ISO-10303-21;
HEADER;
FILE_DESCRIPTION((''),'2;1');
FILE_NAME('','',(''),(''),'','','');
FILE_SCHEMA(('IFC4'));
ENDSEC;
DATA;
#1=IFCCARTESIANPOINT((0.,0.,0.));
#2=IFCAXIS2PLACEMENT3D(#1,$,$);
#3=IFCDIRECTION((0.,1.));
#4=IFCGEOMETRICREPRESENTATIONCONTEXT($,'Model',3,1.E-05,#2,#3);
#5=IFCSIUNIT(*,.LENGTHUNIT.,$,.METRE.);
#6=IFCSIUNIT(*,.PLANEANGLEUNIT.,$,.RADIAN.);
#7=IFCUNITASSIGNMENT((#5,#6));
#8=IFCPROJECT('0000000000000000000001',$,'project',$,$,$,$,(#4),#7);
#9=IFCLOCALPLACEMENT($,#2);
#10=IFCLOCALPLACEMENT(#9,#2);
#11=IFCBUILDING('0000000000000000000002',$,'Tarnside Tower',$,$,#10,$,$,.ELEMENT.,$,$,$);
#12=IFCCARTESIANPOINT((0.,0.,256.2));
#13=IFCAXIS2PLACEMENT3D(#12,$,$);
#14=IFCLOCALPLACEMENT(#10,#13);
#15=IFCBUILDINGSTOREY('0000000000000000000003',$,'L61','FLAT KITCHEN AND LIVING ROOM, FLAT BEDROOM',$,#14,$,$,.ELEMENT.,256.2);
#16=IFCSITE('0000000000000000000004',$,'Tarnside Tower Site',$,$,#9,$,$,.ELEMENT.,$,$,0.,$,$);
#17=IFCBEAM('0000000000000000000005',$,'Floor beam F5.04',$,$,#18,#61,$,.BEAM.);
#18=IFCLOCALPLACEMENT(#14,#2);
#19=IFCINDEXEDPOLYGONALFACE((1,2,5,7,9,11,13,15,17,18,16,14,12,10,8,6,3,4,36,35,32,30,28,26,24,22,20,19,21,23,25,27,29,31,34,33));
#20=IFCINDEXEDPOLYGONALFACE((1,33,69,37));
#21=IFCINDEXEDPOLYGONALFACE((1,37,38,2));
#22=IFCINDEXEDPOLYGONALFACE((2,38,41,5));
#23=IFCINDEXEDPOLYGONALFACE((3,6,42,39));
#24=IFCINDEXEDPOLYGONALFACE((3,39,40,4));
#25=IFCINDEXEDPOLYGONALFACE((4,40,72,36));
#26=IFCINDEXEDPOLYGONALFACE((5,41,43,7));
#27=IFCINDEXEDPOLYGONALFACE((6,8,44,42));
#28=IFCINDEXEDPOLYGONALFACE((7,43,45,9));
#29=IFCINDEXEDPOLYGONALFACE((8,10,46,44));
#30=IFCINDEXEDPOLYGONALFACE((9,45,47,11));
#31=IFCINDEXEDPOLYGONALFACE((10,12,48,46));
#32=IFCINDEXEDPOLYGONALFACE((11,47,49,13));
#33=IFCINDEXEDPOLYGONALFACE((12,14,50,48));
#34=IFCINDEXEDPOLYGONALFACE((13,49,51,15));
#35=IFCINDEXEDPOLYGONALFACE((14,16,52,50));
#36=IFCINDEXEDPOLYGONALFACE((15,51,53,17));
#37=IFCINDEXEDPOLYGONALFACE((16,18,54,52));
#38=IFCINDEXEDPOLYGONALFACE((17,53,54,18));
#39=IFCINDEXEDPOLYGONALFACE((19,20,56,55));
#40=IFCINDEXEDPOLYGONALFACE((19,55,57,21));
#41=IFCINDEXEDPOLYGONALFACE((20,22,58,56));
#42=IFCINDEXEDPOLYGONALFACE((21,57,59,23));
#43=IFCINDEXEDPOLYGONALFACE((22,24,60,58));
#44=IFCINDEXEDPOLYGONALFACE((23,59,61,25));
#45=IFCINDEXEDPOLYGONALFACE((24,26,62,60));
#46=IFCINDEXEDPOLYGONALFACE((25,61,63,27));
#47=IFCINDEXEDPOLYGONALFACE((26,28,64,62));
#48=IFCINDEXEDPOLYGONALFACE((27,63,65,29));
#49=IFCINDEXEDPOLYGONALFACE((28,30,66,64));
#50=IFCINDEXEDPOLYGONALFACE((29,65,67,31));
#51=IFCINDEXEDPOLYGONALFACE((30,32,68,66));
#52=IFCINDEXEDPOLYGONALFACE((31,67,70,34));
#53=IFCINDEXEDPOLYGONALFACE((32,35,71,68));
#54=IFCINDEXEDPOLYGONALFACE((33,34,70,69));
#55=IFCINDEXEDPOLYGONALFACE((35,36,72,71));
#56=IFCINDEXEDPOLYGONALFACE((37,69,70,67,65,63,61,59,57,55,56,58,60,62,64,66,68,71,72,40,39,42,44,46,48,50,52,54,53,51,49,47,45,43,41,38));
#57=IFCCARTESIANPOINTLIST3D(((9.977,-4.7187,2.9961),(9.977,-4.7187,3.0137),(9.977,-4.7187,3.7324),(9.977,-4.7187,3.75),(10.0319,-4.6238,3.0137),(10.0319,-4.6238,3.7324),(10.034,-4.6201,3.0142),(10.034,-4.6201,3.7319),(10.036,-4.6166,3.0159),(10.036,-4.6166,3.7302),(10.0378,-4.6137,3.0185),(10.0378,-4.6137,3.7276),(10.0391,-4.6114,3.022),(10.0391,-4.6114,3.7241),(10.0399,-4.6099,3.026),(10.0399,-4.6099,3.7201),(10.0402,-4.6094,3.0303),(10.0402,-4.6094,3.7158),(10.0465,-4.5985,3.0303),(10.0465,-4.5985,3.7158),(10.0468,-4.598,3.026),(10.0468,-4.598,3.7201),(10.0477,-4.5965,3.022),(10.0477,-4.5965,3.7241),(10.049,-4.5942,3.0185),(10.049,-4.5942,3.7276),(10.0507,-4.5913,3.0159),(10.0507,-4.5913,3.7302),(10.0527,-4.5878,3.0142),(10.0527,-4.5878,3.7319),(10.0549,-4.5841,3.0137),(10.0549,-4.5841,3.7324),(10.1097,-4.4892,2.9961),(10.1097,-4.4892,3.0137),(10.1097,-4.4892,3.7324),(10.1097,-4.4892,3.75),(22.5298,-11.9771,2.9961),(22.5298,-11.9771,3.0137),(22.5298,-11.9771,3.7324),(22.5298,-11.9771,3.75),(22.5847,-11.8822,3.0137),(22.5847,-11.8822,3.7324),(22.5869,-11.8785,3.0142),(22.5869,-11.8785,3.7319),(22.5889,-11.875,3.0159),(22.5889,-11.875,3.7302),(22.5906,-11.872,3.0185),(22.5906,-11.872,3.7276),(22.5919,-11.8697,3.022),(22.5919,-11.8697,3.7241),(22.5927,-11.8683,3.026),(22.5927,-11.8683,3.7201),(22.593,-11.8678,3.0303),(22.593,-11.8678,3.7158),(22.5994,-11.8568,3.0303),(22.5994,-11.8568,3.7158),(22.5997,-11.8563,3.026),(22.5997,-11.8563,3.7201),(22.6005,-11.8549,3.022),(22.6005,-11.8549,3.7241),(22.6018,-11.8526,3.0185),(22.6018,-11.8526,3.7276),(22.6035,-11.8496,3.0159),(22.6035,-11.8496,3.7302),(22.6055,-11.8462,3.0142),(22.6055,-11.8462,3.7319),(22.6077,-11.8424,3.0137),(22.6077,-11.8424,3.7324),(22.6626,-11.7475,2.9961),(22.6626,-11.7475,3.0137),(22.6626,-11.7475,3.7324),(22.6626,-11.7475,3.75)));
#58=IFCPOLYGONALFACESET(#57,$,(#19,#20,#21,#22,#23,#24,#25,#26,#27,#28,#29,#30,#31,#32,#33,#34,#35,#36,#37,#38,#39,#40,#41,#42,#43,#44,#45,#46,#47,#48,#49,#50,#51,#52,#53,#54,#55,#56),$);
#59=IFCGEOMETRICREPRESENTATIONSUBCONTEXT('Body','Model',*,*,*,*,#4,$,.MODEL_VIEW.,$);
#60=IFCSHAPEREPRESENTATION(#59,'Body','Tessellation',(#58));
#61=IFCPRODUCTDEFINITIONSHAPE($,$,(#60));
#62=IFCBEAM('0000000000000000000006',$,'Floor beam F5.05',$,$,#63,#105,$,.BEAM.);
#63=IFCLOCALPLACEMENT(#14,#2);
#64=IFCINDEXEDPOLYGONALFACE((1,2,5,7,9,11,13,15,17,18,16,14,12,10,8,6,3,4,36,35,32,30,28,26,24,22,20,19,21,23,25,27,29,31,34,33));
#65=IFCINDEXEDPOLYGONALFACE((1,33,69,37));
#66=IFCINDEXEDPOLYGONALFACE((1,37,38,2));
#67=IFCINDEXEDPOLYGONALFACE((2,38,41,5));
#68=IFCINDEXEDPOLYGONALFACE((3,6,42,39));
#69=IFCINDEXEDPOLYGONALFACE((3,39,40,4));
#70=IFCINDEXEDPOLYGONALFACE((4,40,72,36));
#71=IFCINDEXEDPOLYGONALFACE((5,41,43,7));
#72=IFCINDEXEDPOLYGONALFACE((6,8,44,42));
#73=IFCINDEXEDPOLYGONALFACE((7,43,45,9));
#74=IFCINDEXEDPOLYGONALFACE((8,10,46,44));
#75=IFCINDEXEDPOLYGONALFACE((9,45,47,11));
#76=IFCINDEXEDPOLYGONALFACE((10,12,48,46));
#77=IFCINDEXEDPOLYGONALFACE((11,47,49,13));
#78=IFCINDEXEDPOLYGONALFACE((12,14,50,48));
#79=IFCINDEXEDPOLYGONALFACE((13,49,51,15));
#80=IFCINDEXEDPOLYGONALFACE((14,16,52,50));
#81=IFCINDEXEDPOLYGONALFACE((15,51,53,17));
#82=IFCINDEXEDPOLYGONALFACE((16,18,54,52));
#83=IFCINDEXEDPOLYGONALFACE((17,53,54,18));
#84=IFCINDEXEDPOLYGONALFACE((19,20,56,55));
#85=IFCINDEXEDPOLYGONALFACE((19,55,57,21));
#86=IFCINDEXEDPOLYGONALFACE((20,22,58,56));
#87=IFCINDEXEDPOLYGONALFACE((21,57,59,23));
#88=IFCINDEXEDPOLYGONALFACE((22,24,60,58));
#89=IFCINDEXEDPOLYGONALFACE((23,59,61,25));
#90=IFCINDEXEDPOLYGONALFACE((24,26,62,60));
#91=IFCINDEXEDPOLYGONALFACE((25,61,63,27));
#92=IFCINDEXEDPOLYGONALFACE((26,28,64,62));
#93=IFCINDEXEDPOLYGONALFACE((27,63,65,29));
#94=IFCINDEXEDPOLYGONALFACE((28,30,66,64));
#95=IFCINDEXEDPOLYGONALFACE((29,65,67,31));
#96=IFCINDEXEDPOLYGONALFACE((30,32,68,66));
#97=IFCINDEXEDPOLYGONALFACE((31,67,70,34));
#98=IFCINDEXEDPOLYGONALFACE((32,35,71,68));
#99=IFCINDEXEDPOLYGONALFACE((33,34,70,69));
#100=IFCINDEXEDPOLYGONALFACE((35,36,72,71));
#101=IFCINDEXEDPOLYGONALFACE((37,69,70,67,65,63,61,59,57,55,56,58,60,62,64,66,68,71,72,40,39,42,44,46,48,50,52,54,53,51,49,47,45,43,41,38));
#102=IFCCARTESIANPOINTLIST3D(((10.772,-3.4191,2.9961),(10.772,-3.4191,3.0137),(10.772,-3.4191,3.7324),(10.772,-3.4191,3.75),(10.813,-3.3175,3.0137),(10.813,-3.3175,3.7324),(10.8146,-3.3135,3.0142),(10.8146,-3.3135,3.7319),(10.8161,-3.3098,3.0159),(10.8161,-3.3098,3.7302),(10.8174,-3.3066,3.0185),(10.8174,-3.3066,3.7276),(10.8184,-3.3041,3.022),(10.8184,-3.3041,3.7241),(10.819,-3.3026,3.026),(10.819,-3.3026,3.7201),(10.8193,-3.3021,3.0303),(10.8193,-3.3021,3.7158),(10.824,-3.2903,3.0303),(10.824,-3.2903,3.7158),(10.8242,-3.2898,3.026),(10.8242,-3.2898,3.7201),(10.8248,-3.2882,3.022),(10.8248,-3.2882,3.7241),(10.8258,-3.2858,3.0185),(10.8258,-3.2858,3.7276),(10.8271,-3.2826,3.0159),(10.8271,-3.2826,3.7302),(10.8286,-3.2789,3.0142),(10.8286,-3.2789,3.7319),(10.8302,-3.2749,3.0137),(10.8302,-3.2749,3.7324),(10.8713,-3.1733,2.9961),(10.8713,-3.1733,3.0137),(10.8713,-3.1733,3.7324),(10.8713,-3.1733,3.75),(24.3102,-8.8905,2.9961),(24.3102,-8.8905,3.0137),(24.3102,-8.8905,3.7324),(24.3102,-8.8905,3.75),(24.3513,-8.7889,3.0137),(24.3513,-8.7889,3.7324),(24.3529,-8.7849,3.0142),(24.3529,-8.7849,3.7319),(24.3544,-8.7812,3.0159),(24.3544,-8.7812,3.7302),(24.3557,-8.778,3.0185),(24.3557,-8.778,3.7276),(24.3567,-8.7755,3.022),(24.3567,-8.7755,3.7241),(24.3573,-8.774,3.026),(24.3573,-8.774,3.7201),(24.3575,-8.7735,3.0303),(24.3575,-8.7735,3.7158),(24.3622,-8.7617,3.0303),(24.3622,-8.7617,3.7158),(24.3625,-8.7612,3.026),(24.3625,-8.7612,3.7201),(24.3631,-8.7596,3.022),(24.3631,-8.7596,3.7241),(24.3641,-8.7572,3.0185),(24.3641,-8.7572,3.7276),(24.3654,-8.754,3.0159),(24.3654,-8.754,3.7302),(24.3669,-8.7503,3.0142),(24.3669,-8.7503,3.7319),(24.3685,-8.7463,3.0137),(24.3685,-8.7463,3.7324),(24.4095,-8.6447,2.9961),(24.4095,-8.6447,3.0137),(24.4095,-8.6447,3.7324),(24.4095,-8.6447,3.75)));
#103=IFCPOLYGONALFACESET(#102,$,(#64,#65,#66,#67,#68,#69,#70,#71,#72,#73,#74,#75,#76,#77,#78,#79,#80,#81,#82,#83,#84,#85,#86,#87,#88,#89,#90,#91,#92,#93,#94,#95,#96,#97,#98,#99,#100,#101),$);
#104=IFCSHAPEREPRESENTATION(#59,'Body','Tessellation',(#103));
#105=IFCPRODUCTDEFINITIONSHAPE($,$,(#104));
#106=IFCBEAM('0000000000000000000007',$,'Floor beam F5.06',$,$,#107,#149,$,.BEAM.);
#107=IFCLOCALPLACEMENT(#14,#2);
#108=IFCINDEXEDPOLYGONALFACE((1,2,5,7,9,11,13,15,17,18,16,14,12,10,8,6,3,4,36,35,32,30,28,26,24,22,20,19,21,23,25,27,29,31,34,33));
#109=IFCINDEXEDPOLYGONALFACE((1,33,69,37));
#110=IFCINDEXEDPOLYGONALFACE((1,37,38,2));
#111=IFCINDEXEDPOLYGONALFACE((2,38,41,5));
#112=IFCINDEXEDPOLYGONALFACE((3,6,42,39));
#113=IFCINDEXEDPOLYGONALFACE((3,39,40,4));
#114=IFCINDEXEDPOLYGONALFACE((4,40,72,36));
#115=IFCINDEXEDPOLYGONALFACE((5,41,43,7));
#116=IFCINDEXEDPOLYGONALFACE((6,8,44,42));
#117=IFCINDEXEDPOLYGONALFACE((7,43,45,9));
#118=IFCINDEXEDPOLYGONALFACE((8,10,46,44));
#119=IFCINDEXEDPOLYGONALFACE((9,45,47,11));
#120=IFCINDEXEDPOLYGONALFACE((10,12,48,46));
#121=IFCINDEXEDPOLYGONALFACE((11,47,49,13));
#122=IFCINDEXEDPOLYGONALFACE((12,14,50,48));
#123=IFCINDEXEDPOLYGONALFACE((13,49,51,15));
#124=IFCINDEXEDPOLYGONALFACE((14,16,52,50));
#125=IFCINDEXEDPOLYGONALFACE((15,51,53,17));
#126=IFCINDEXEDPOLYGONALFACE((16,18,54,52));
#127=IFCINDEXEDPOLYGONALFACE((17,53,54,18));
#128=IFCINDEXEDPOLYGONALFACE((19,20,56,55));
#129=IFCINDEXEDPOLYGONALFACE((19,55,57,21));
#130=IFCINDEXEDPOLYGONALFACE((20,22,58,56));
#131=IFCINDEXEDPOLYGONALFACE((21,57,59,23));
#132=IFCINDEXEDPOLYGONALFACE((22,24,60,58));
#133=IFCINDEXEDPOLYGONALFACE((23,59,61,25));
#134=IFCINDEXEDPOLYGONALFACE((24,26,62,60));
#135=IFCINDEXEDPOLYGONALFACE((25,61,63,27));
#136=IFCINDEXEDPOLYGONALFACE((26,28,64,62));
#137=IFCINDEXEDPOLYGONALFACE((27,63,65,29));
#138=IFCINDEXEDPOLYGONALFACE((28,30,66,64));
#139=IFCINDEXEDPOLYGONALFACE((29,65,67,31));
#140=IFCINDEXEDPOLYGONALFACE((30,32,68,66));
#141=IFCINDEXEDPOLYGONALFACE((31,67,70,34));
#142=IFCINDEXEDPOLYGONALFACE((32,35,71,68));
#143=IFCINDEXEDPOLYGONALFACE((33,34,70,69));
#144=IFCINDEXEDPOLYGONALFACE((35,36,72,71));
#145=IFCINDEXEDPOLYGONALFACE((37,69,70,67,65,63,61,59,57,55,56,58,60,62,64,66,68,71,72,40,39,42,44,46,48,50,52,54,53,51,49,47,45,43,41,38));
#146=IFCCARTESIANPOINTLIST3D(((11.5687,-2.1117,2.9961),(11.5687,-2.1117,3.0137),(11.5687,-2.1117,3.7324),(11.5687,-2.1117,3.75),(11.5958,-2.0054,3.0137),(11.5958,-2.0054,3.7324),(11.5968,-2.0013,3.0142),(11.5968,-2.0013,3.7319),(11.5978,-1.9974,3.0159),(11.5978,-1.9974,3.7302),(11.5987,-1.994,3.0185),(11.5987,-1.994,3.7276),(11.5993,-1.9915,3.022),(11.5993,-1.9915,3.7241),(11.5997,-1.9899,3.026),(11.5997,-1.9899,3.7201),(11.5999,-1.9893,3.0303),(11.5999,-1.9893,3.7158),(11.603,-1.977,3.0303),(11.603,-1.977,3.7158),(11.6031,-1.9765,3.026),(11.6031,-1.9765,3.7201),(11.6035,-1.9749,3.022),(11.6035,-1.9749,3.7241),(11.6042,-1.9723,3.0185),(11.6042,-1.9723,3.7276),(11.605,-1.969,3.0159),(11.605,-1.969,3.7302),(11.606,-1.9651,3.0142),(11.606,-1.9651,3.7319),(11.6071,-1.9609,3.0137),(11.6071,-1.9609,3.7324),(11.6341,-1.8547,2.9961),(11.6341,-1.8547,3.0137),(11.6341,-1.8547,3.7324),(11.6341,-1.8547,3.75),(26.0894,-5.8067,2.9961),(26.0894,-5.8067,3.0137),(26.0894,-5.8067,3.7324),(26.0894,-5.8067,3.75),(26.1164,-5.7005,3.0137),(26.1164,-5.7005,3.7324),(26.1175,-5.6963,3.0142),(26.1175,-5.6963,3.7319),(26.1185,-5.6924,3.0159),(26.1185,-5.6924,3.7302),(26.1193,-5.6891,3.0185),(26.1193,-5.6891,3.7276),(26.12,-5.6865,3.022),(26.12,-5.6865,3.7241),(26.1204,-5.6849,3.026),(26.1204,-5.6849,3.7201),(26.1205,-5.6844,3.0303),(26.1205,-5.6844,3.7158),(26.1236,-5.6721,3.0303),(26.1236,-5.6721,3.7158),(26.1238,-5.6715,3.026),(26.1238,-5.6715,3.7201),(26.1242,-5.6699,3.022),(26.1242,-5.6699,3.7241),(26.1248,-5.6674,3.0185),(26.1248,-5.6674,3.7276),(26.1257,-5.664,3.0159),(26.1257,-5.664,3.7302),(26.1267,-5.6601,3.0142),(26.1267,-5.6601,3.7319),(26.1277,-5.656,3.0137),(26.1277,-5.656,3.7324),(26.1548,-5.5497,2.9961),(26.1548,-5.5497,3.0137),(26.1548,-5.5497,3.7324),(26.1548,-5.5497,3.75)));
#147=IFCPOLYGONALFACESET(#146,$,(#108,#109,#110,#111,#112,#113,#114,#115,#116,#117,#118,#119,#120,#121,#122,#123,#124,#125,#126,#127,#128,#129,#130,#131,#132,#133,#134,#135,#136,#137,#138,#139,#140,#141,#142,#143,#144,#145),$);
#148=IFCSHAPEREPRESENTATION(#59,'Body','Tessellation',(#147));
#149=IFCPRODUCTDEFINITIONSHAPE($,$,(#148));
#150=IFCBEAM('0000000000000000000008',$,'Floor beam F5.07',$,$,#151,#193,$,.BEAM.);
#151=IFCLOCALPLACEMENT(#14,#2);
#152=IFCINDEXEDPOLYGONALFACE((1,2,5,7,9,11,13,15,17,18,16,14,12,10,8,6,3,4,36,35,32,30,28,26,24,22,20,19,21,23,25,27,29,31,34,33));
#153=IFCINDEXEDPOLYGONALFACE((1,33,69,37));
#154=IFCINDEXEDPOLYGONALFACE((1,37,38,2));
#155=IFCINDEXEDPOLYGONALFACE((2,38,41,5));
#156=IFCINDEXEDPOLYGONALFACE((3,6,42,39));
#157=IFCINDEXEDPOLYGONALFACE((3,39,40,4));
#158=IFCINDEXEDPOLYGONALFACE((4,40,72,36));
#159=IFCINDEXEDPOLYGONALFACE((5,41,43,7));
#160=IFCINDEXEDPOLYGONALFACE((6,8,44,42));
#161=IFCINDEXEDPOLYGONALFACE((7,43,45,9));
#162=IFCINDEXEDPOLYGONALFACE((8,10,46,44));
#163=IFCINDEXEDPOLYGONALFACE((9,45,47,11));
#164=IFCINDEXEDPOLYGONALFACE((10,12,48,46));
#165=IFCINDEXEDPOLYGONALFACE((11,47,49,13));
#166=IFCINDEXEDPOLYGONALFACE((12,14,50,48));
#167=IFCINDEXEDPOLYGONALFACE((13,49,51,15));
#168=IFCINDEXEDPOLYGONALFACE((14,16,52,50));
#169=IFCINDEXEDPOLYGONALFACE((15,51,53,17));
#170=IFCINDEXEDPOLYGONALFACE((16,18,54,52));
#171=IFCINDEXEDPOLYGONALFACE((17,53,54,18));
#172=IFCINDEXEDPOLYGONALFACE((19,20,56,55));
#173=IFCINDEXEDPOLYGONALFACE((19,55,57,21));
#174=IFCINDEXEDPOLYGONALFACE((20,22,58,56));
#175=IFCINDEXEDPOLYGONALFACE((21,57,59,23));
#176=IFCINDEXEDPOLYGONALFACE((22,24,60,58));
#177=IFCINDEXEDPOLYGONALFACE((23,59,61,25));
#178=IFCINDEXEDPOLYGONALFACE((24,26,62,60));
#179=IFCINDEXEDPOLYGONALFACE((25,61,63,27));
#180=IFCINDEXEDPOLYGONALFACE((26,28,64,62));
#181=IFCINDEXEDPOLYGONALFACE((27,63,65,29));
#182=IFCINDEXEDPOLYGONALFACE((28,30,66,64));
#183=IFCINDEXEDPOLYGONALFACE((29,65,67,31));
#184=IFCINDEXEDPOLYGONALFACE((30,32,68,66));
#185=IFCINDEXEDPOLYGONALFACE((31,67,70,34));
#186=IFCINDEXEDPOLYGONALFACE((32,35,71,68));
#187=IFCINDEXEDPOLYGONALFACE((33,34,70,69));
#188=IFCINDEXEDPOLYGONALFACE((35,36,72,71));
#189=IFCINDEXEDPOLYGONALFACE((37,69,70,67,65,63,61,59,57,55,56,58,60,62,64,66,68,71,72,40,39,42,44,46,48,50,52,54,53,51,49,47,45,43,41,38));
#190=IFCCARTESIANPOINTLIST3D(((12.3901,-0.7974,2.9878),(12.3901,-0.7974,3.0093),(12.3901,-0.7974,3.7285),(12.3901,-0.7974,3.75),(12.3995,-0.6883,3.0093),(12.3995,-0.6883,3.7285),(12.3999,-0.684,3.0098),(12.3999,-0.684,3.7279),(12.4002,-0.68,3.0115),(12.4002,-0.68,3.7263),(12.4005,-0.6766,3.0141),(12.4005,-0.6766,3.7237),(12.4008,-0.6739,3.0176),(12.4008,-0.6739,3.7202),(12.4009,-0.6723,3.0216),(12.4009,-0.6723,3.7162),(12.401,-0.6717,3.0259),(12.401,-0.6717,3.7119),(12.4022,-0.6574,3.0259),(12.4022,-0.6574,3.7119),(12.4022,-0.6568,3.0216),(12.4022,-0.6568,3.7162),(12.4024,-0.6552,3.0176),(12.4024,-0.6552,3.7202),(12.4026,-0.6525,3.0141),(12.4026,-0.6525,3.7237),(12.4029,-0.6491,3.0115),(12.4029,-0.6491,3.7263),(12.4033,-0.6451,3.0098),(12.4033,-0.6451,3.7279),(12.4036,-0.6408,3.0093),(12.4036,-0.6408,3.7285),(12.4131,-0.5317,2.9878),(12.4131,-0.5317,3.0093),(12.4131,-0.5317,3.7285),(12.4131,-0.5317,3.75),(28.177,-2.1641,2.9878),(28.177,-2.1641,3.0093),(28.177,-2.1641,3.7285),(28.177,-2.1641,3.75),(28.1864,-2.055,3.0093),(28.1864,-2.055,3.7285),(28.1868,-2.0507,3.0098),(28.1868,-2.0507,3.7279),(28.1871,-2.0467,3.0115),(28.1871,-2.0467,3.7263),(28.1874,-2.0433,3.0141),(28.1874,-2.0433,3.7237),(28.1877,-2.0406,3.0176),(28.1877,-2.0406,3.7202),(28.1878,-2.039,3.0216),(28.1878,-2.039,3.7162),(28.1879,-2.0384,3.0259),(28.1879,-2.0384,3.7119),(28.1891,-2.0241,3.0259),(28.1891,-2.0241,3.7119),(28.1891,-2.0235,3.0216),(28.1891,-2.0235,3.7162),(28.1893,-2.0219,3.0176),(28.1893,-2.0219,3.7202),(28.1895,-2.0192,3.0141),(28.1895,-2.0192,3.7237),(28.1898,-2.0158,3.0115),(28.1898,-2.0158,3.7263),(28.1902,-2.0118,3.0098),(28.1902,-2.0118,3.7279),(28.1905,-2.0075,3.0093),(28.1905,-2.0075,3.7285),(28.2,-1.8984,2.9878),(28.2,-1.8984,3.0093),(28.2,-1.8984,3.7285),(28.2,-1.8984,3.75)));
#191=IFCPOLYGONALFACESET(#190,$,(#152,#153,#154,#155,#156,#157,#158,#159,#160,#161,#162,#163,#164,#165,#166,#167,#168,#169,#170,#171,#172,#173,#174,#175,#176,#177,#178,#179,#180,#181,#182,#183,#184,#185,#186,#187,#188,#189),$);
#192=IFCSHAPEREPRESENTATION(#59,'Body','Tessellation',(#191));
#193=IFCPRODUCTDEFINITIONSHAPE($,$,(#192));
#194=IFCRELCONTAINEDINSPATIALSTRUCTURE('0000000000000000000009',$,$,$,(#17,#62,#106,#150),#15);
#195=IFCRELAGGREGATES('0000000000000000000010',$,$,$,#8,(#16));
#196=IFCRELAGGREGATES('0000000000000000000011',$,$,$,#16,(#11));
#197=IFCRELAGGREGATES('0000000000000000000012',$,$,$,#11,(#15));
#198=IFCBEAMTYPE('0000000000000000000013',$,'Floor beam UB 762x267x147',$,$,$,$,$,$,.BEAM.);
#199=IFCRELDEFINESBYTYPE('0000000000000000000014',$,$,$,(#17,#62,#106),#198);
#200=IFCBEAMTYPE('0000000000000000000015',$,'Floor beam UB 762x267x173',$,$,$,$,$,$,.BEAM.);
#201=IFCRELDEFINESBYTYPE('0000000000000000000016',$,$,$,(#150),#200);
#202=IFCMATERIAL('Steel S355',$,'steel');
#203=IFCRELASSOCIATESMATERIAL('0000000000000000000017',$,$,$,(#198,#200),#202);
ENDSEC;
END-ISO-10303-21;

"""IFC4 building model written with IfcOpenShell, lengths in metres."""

from ifc_helpers import new_model, si_unit, direction, frame, origin, origin_2d, place, context, subcontext, project, spatial, i_section, extrude, material, material_profile, profile_set, type_object, element, save


model = new_model("IFC4")

# Units and contexts
model_context = context("Model", 3, precision=1e-05, world=origin(), true_north=direction((0.0, 1.0)))
body_context = subcontext(model_context, "Body", "Model", "MODEL_VIEW")
ifc_project = project(units=[si_unit("LENGTHUNIT", "METRE"), si_unit("PLANEANGLEUNIT", "RADIAN")], contexts=[model_context])

# Site, building, storey
site_placement = place(None, origin())
site = spatial("IfcSite", under=ifc_project, at=site_placement, Name="Tarnside Tower Site", CompositionType="ELEMENT", RefElevation=0.0)
building_placement = place(site_placement, origin())
building = spatial("IfcBuilding", under=site, at=building_placement, Name="Tarnside Tower", CompositionType="ELEMENT")
storey_placement = place(building_placement, frame((0.0, 0.0, 256.2)))
storey = spatial("IfcBuildingStorey", under=building, at=storey_placement, Name="L61", Description="FLAT KITCHEN AND LIVING ROOM, FLAT BEDROOM", CompositionType="ELEMENT", Elevation=256.2)

# Beams
ifc_material_1 = material(Name="Steel S355", Category="steel")
ifc_material_profile_1 = material_profile(ifc_material_1, i_section(OverallWidth=0.2651, OverallDepth=0.7539, WebThickness=0.0127, FlangeThickness=0.0176, FilletRadius=0.0166, at=origin_2d()), Name="UB 762x267x147")
ifc_profile_set_1 = profile_set([ifc_material_profile_1], Name="Steel S355")
beam_type_1 = type_object("IfcBeamType", Name="Floor beam UB 762x267x147", PredefinedType="BEAM", material=ifc_profile_set_1)
beam_1_placement = place(storey_placement, frame((22.5962, -11.8623, 3.373), z_axis=(-0.865697, 0.500568, 0.0), x_axis=(-0.500568, -0.865697, 0.0)))
element("IfcBeam", 1, at=beam_1_placement, inside=storey, type_object=beam_type_1, Name="Floor beam F5.04", PredefinedType="BEAM", context=body_context, shape_type="SweptSolid", body=[
    extrude(i_section(OverallWidth=0.2651, OverallDepth=0.7539, WebThickness=0.0127, FlangeThickness=0.0176, FilletRadius=0.0166, at=origin_2d()), origin(), (0.0, 0.0, 1.0), 14.5002),
])
beam_2_placement = place(storey_placement, frame((24.3599, -8.7676, 3.373), z_axis=(-0.927146, 0.374701, 0.0), x_axis=(-0.374701, -0.927146, 0.0)))
element("IfcBeam", 2, at=beam_2_placement, inside=storey, type_object=beam_type_1, Name="Floor beam F5.05", PredefinedType="BEAM", context=body_context, shape_type="SweptSolid", body=[
    extrude(i_section(OverallWidth=0.2651, OverallDepth=0.7539, WebThickness=0.0127, FlangeThickness=0.0176, FilletRadius=0.0166, at=origin_2d()), origin(), (0.0, 0.0, 1.0), 14.6021),
])
beam_3_placement = place(storey_placement, frame((26.1221, -5.6782, 3.373), z_axis=(-0.969115, 0.246609, 0.0), x_axis=(-0.246609, -0.969115, 0.0)))
element("IfcBeam", 3, at=beam_3_placement, inside=storey, type_object=beam_type_1, Name="Floor beam F5.06", PredefinedType="BEAM", context=body_context, shape_type="SweptSolid", body=[
    extrude(i_section(OverallWidth=0.2651, OverallDepth=0.7539, WebThickness=0.0127, FlangeThickness=0.0176, FilletRadius=0.0166, at=origin_2d()), origin(), (0.0, 0.0, 1.0), 14.9834),
])
ifc_material_profile_2 = material_profile(ifc_material_1, i_section(OverallWidth=0.2666, OverallDepth=0.7622, WebThickness=0.0144, FlangeThickness=0.0215, FilletRadius=0.0166, at=origin_2d()), Name="UB 762x267x173")
ifc_profile_set_2 = profile_set([ifc_material_profile_2], Name="Steel S355")
beam_type_2 = type_object("IfcBeamType", Name="Floor beam UB 762x267x173", PredefinedType="BEAM", material=ifc_profile_set_2)
beam_4_placement = place(storey_placement, frame((28.1885, -2.0312, 3.3689), z_axis=(-0.996274, 0.086249, 0.0), x_axis=(-0.086249, -0.996274, 0.0)))
element("IfcBeam", 4, at=beam_4_placement, inside=storey, type_object=beam_type_2, Name="Floor beam F5.07", PredefinedType="BEAM", context=body_context, shape_type="SweptSolid", body=[
    extrude(i_section(OverallWidth=0.2666, OverallDepth=0.7622, WebThickness=0.0144, FlangeThickness=0.0215, FilletRadius=0.0166, at=origin_2d()), origin(), (0.0, 0.0, 1.0), 15.8459),
])

save(model, "model.ifc")
